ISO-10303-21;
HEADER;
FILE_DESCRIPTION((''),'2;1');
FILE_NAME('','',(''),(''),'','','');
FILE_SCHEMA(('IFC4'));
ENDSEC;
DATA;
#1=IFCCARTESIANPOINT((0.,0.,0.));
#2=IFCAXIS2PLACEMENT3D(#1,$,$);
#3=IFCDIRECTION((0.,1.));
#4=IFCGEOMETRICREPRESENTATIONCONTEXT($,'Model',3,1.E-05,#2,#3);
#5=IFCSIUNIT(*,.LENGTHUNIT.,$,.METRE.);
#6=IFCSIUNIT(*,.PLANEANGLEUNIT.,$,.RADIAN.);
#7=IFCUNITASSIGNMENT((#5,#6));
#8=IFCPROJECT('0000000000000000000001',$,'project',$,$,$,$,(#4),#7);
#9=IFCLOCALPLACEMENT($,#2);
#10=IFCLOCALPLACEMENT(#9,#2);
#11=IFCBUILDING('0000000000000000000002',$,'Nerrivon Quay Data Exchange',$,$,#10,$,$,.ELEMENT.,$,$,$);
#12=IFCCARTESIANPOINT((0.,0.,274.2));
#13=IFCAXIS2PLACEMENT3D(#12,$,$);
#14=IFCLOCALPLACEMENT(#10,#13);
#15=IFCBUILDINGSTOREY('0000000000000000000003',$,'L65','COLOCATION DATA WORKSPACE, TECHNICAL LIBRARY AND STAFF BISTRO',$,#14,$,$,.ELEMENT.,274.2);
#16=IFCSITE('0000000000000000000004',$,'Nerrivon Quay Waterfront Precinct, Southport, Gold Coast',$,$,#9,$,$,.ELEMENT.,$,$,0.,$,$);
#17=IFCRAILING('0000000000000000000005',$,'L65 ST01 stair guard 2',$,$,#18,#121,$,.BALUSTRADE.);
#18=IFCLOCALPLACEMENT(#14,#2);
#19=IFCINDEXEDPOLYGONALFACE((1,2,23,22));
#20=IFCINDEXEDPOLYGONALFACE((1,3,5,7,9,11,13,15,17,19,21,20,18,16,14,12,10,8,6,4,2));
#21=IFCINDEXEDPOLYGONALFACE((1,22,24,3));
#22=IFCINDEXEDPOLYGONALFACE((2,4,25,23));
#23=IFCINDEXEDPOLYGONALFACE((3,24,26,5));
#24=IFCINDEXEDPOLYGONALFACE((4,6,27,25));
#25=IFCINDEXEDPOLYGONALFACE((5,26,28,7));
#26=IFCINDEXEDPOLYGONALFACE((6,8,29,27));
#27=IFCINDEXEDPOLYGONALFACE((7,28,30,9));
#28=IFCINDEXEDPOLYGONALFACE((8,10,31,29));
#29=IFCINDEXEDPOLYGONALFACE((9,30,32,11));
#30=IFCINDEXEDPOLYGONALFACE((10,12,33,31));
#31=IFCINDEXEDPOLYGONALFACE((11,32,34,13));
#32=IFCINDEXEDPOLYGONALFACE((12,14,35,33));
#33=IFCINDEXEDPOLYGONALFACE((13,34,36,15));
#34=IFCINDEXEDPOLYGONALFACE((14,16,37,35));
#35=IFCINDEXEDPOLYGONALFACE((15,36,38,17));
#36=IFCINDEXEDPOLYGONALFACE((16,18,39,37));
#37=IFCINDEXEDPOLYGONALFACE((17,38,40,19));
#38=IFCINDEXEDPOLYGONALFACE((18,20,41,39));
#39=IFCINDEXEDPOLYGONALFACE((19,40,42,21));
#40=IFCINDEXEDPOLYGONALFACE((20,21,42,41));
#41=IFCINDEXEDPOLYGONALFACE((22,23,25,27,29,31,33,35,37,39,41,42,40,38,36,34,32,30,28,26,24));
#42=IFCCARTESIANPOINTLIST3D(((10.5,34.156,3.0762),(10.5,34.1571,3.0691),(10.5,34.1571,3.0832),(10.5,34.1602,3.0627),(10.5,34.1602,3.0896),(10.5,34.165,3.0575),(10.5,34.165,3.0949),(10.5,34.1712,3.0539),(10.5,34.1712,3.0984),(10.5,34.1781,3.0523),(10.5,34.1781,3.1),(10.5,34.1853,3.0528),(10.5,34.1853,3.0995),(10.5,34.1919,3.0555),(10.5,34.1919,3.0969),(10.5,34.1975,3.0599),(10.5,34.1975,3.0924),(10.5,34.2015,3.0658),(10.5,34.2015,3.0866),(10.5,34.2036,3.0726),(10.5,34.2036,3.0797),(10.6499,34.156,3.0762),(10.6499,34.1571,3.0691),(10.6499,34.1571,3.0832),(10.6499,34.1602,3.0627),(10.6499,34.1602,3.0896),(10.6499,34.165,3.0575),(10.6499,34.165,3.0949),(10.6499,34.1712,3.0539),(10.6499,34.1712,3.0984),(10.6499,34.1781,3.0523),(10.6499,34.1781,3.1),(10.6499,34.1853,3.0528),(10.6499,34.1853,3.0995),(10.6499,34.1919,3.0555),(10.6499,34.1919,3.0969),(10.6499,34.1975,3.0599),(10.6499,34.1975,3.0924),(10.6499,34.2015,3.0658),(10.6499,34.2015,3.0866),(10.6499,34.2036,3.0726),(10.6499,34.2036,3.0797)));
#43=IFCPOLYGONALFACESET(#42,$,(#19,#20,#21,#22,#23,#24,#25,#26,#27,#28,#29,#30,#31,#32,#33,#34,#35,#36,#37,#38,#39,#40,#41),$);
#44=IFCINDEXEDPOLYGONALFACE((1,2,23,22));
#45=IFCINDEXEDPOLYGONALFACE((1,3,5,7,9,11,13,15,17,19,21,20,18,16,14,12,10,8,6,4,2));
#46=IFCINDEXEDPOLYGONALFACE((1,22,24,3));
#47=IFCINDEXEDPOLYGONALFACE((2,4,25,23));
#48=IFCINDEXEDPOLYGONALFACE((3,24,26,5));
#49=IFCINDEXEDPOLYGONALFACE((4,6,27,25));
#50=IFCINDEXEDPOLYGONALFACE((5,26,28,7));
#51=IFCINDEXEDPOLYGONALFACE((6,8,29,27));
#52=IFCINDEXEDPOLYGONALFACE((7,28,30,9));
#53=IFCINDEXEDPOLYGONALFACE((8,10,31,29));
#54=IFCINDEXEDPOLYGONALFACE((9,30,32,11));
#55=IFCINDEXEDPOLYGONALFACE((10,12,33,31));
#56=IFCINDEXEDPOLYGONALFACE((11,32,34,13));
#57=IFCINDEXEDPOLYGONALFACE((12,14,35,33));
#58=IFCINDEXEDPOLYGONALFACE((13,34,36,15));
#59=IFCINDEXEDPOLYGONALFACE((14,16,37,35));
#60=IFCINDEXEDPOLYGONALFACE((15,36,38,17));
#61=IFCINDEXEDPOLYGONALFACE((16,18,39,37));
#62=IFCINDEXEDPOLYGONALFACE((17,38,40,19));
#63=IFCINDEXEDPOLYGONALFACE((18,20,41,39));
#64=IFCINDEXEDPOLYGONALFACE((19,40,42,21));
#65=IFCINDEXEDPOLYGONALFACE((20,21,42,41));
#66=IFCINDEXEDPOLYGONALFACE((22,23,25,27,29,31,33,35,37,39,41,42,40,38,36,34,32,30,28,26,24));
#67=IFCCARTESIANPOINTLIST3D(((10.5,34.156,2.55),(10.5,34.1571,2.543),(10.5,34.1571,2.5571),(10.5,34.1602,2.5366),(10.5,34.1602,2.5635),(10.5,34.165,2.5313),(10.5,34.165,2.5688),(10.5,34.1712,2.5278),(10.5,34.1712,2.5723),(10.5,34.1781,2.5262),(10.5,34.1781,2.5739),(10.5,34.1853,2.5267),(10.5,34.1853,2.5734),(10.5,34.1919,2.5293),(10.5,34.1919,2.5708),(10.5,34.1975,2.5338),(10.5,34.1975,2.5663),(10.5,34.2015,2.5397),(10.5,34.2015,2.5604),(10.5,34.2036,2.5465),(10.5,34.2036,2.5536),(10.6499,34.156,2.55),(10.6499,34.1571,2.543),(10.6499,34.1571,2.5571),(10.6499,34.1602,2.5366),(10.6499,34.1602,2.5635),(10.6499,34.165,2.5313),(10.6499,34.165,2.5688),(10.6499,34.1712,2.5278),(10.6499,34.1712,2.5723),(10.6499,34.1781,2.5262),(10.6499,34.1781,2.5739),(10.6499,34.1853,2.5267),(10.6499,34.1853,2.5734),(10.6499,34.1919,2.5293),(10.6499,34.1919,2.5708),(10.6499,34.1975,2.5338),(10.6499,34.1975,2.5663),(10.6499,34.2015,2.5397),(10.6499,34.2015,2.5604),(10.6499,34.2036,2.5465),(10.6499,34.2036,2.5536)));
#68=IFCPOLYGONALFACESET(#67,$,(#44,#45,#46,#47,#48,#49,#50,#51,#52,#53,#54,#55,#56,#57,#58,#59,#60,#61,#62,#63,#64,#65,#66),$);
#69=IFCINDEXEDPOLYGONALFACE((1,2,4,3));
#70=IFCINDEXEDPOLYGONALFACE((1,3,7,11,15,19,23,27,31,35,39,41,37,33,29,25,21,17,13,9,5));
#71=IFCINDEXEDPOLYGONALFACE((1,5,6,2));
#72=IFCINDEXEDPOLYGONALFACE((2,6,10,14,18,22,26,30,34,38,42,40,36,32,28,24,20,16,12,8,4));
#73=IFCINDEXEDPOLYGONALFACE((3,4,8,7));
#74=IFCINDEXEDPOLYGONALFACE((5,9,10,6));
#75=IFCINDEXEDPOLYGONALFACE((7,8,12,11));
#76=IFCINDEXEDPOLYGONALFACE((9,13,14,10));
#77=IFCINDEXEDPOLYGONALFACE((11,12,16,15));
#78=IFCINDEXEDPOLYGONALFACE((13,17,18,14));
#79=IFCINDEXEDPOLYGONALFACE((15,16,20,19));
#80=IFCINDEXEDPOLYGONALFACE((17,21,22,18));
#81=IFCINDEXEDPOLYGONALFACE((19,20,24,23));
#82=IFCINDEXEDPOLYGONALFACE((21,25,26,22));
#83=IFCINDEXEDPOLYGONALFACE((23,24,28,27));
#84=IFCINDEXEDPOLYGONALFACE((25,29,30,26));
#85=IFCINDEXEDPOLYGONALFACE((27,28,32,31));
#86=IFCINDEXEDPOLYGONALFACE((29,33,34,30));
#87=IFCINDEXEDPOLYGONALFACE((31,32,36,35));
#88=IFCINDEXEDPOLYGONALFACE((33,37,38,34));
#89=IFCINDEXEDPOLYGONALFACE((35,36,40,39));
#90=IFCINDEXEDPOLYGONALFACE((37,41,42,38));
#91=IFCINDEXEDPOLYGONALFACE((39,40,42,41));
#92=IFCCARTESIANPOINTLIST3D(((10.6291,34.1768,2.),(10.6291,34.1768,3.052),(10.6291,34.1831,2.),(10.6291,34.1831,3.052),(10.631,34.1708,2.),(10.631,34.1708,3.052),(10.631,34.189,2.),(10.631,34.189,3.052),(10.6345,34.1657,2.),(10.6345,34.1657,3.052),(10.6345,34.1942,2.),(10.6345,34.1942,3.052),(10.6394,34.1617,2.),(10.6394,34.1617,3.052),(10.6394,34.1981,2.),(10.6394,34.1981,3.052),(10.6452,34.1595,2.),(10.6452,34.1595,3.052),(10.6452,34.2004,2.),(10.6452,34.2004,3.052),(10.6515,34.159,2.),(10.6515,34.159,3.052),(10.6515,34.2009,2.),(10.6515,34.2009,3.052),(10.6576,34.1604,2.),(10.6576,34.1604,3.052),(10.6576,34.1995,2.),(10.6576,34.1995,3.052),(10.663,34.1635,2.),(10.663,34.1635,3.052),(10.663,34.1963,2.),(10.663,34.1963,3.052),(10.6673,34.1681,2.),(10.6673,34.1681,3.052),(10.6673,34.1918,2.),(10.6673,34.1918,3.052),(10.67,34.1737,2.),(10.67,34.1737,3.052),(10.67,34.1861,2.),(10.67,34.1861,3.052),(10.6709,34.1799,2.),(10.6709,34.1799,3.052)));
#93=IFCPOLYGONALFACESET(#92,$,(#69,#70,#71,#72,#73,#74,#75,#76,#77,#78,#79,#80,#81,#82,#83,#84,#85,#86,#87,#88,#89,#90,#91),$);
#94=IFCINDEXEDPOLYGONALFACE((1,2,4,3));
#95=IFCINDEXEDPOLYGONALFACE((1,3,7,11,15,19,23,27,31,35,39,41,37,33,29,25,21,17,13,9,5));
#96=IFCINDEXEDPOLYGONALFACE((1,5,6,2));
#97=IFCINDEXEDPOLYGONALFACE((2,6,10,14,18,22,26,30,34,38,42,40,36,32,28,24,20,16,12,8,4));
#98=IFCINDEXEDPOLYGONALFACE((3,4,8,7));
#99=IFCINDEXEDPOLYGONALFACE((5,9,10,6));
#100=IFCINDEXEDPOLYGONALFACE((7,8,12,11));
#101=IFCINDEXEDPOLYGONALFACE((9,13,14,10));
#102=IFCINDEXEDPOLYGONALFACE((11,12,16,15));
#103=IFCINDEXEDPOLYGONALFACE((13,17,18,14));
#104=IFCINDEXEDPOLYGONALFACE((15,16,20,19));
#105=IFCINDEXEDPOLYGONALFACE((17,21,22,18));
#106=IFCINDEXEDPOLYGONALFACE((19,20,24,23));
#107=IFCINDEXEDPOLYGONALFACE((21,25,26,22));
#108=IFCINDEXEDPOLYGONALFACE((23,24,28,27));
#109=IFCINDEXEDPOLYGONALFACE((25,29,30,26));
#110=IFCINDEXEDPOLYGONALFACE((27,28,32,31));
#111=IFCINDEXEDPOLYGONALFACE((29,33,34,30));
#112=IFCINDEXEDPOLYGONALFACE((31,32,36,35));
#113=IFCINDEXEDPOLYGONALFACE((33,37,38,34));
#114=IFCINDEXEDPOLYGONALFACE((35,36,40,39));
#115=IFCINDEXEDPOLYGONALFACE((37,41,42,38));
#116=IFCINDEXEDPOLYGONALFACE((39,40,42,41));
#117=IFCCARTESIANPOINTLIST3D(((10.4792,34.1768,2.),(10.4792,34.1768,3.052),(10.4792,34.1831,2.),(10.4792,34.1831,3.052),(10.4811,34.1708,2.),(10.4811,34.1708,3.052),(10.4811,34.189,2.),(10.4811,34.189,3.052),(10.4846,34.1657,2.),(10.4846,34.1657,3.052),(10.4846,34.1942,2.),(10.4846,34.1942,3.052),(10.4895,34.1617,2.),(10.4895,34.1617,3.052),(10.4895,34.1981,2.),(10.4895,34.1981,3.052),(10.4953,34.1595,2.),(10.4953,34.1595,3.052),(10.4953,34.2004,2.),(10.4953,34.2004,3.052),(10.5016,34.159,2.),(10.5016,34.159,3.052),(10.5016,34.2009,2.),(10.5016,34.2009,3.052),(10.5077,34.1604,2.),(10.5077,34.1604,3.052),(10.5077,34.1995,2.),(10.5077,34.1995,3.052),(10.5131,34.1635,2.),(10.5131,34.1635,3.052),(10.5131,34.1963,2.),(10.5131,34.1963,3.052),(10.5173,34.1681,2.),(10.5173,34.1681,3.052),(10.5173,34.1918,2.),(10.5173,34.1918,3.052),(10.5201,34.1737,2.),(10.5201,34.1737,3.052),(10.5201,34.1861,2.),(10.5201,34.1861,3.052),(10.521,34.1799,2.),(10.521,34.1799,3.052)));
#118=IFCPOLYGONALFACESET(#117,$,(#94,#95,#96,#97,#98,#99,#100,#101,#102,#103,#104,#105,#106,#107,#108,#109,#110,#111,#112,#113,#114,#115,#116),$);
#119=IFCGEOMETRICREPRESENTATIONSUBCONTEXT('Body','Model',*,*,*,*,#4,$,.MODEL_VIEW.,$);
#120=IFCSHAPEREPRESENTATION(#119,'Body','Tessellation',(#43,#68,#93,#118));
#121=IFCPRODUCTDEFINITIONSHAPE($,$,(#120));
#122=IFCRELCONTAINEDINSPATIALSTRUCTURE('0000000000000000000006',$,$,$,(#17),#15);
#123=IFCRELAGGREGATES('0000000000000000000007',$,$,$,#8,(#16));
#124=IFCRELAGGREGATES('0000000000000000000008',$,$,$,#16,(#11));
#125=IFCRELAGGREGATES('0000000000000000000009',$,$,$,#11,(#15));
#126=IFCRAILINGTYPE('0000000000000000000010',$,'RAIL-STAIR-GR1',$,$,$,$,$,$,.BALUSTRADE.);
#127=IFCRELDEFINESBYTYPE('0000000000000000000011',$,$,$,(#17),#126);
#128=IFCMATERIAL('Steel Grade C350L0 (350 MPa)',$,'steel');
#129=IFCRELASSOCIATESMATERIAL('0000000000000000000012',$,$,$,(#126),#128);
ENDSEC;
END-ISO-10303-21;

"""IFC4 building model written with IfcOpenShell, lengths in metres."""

from ifc_helpers import new_model, si_unit, direction, frame, origin, origin_2d, place, context, subcontext, project, spatial, circle, extrude, material, type_object, element, save


model = new_model("IFC4")

# Units and contexts
model_context = context("Model", 3, precision=1e-05, world=origin(), true_north=direction((0.0, 1.0)))
body_context = subcontext(model_context, "Body", "Model", "MODEL_VIEW")
ifc_project = project(units=[si_unit("LENGTHUNIT", "METRE"), si_unit("PLANEANGLEUNIT", "RADIAN")], contexts=[model_context])

# Site, building, storey
site_placement = place(None, origin())
site = spatial("IfcSite", under=ifc_project, at=site_placement, Name="Nerrivon Quay Waterfront Precinct, Southport, Gold Coast", CompositionType="ELEMENT", RefElevation=0.0)
building_placement = place(site_placement, origin())
building = spatial("IfcBuilding", under=site, at=building_placement, Name="Nerrivon Quay Data Exchange", CompositionType="ELEMENT")
storey_placement = place(building_placement, frame((0.0, 0.0, 274.2)))
storey = spatial("IfcBuildingStorey", under=building, at=storey_placement, Name="L65", Description="COLOCATION DATA WORKSPACE, TECHNICAL LIBRARY AND STAFF BISTRO", CompositionType="ELEMENT", Elevation=274.2)

# Shared definitions
ifc_material_1 = material(Name="Steel Grade C350L0 (350 MPa)", Category="steel")

# Railing
railing_type_1 = type_object("IfcRailingType", Name="RAIL-STAIR-GR1", PredefinedType="BALUSTRADE", material=ifc_material_1)
railing_1_placement = place(storey_placement, frame((10.6499, 34.1799, 2.0)))
element("IfcRailing", 1, at=railing_1_placement, inside=storey, type_object=railing_type_1, Name="L65 ST01 stair guard 2", PredefinedType="BALUSTRADE", context=body_context, shape_type="SweptSolid", body=[
    extrude(circle(Radius=0.0239, at=origin_2d()), frame((0.0, 0.0, 1.0762), z_axis=(-1.0, 0.0, 0.0), x_axis=(0.0, -1.0, 0.0)), (0.0, 0.0, 1.0), 0.1499),
    extrude(circle(Radius=0.0239, at=origin_2d()), frame((0.0, 0.0, 0.55), z_axis=(-1.0, 0.0, 0.0), x_axis=(0.0, -1.0, 0.0)), (0.0, 0.0, 1.0), 0.1499),
    extrude(circle(Radius=0.021, at=origin_2d()), origin(), (0.0, 0.0, 1.0), 1.052),
    extrude(circle(Radius=0.021, at=origin_2d()), frame((-0.1499, 0.0, 0.0)), (0.0, 0.0, 1.0), 1.052),
])

save(model, "model.ifc")
